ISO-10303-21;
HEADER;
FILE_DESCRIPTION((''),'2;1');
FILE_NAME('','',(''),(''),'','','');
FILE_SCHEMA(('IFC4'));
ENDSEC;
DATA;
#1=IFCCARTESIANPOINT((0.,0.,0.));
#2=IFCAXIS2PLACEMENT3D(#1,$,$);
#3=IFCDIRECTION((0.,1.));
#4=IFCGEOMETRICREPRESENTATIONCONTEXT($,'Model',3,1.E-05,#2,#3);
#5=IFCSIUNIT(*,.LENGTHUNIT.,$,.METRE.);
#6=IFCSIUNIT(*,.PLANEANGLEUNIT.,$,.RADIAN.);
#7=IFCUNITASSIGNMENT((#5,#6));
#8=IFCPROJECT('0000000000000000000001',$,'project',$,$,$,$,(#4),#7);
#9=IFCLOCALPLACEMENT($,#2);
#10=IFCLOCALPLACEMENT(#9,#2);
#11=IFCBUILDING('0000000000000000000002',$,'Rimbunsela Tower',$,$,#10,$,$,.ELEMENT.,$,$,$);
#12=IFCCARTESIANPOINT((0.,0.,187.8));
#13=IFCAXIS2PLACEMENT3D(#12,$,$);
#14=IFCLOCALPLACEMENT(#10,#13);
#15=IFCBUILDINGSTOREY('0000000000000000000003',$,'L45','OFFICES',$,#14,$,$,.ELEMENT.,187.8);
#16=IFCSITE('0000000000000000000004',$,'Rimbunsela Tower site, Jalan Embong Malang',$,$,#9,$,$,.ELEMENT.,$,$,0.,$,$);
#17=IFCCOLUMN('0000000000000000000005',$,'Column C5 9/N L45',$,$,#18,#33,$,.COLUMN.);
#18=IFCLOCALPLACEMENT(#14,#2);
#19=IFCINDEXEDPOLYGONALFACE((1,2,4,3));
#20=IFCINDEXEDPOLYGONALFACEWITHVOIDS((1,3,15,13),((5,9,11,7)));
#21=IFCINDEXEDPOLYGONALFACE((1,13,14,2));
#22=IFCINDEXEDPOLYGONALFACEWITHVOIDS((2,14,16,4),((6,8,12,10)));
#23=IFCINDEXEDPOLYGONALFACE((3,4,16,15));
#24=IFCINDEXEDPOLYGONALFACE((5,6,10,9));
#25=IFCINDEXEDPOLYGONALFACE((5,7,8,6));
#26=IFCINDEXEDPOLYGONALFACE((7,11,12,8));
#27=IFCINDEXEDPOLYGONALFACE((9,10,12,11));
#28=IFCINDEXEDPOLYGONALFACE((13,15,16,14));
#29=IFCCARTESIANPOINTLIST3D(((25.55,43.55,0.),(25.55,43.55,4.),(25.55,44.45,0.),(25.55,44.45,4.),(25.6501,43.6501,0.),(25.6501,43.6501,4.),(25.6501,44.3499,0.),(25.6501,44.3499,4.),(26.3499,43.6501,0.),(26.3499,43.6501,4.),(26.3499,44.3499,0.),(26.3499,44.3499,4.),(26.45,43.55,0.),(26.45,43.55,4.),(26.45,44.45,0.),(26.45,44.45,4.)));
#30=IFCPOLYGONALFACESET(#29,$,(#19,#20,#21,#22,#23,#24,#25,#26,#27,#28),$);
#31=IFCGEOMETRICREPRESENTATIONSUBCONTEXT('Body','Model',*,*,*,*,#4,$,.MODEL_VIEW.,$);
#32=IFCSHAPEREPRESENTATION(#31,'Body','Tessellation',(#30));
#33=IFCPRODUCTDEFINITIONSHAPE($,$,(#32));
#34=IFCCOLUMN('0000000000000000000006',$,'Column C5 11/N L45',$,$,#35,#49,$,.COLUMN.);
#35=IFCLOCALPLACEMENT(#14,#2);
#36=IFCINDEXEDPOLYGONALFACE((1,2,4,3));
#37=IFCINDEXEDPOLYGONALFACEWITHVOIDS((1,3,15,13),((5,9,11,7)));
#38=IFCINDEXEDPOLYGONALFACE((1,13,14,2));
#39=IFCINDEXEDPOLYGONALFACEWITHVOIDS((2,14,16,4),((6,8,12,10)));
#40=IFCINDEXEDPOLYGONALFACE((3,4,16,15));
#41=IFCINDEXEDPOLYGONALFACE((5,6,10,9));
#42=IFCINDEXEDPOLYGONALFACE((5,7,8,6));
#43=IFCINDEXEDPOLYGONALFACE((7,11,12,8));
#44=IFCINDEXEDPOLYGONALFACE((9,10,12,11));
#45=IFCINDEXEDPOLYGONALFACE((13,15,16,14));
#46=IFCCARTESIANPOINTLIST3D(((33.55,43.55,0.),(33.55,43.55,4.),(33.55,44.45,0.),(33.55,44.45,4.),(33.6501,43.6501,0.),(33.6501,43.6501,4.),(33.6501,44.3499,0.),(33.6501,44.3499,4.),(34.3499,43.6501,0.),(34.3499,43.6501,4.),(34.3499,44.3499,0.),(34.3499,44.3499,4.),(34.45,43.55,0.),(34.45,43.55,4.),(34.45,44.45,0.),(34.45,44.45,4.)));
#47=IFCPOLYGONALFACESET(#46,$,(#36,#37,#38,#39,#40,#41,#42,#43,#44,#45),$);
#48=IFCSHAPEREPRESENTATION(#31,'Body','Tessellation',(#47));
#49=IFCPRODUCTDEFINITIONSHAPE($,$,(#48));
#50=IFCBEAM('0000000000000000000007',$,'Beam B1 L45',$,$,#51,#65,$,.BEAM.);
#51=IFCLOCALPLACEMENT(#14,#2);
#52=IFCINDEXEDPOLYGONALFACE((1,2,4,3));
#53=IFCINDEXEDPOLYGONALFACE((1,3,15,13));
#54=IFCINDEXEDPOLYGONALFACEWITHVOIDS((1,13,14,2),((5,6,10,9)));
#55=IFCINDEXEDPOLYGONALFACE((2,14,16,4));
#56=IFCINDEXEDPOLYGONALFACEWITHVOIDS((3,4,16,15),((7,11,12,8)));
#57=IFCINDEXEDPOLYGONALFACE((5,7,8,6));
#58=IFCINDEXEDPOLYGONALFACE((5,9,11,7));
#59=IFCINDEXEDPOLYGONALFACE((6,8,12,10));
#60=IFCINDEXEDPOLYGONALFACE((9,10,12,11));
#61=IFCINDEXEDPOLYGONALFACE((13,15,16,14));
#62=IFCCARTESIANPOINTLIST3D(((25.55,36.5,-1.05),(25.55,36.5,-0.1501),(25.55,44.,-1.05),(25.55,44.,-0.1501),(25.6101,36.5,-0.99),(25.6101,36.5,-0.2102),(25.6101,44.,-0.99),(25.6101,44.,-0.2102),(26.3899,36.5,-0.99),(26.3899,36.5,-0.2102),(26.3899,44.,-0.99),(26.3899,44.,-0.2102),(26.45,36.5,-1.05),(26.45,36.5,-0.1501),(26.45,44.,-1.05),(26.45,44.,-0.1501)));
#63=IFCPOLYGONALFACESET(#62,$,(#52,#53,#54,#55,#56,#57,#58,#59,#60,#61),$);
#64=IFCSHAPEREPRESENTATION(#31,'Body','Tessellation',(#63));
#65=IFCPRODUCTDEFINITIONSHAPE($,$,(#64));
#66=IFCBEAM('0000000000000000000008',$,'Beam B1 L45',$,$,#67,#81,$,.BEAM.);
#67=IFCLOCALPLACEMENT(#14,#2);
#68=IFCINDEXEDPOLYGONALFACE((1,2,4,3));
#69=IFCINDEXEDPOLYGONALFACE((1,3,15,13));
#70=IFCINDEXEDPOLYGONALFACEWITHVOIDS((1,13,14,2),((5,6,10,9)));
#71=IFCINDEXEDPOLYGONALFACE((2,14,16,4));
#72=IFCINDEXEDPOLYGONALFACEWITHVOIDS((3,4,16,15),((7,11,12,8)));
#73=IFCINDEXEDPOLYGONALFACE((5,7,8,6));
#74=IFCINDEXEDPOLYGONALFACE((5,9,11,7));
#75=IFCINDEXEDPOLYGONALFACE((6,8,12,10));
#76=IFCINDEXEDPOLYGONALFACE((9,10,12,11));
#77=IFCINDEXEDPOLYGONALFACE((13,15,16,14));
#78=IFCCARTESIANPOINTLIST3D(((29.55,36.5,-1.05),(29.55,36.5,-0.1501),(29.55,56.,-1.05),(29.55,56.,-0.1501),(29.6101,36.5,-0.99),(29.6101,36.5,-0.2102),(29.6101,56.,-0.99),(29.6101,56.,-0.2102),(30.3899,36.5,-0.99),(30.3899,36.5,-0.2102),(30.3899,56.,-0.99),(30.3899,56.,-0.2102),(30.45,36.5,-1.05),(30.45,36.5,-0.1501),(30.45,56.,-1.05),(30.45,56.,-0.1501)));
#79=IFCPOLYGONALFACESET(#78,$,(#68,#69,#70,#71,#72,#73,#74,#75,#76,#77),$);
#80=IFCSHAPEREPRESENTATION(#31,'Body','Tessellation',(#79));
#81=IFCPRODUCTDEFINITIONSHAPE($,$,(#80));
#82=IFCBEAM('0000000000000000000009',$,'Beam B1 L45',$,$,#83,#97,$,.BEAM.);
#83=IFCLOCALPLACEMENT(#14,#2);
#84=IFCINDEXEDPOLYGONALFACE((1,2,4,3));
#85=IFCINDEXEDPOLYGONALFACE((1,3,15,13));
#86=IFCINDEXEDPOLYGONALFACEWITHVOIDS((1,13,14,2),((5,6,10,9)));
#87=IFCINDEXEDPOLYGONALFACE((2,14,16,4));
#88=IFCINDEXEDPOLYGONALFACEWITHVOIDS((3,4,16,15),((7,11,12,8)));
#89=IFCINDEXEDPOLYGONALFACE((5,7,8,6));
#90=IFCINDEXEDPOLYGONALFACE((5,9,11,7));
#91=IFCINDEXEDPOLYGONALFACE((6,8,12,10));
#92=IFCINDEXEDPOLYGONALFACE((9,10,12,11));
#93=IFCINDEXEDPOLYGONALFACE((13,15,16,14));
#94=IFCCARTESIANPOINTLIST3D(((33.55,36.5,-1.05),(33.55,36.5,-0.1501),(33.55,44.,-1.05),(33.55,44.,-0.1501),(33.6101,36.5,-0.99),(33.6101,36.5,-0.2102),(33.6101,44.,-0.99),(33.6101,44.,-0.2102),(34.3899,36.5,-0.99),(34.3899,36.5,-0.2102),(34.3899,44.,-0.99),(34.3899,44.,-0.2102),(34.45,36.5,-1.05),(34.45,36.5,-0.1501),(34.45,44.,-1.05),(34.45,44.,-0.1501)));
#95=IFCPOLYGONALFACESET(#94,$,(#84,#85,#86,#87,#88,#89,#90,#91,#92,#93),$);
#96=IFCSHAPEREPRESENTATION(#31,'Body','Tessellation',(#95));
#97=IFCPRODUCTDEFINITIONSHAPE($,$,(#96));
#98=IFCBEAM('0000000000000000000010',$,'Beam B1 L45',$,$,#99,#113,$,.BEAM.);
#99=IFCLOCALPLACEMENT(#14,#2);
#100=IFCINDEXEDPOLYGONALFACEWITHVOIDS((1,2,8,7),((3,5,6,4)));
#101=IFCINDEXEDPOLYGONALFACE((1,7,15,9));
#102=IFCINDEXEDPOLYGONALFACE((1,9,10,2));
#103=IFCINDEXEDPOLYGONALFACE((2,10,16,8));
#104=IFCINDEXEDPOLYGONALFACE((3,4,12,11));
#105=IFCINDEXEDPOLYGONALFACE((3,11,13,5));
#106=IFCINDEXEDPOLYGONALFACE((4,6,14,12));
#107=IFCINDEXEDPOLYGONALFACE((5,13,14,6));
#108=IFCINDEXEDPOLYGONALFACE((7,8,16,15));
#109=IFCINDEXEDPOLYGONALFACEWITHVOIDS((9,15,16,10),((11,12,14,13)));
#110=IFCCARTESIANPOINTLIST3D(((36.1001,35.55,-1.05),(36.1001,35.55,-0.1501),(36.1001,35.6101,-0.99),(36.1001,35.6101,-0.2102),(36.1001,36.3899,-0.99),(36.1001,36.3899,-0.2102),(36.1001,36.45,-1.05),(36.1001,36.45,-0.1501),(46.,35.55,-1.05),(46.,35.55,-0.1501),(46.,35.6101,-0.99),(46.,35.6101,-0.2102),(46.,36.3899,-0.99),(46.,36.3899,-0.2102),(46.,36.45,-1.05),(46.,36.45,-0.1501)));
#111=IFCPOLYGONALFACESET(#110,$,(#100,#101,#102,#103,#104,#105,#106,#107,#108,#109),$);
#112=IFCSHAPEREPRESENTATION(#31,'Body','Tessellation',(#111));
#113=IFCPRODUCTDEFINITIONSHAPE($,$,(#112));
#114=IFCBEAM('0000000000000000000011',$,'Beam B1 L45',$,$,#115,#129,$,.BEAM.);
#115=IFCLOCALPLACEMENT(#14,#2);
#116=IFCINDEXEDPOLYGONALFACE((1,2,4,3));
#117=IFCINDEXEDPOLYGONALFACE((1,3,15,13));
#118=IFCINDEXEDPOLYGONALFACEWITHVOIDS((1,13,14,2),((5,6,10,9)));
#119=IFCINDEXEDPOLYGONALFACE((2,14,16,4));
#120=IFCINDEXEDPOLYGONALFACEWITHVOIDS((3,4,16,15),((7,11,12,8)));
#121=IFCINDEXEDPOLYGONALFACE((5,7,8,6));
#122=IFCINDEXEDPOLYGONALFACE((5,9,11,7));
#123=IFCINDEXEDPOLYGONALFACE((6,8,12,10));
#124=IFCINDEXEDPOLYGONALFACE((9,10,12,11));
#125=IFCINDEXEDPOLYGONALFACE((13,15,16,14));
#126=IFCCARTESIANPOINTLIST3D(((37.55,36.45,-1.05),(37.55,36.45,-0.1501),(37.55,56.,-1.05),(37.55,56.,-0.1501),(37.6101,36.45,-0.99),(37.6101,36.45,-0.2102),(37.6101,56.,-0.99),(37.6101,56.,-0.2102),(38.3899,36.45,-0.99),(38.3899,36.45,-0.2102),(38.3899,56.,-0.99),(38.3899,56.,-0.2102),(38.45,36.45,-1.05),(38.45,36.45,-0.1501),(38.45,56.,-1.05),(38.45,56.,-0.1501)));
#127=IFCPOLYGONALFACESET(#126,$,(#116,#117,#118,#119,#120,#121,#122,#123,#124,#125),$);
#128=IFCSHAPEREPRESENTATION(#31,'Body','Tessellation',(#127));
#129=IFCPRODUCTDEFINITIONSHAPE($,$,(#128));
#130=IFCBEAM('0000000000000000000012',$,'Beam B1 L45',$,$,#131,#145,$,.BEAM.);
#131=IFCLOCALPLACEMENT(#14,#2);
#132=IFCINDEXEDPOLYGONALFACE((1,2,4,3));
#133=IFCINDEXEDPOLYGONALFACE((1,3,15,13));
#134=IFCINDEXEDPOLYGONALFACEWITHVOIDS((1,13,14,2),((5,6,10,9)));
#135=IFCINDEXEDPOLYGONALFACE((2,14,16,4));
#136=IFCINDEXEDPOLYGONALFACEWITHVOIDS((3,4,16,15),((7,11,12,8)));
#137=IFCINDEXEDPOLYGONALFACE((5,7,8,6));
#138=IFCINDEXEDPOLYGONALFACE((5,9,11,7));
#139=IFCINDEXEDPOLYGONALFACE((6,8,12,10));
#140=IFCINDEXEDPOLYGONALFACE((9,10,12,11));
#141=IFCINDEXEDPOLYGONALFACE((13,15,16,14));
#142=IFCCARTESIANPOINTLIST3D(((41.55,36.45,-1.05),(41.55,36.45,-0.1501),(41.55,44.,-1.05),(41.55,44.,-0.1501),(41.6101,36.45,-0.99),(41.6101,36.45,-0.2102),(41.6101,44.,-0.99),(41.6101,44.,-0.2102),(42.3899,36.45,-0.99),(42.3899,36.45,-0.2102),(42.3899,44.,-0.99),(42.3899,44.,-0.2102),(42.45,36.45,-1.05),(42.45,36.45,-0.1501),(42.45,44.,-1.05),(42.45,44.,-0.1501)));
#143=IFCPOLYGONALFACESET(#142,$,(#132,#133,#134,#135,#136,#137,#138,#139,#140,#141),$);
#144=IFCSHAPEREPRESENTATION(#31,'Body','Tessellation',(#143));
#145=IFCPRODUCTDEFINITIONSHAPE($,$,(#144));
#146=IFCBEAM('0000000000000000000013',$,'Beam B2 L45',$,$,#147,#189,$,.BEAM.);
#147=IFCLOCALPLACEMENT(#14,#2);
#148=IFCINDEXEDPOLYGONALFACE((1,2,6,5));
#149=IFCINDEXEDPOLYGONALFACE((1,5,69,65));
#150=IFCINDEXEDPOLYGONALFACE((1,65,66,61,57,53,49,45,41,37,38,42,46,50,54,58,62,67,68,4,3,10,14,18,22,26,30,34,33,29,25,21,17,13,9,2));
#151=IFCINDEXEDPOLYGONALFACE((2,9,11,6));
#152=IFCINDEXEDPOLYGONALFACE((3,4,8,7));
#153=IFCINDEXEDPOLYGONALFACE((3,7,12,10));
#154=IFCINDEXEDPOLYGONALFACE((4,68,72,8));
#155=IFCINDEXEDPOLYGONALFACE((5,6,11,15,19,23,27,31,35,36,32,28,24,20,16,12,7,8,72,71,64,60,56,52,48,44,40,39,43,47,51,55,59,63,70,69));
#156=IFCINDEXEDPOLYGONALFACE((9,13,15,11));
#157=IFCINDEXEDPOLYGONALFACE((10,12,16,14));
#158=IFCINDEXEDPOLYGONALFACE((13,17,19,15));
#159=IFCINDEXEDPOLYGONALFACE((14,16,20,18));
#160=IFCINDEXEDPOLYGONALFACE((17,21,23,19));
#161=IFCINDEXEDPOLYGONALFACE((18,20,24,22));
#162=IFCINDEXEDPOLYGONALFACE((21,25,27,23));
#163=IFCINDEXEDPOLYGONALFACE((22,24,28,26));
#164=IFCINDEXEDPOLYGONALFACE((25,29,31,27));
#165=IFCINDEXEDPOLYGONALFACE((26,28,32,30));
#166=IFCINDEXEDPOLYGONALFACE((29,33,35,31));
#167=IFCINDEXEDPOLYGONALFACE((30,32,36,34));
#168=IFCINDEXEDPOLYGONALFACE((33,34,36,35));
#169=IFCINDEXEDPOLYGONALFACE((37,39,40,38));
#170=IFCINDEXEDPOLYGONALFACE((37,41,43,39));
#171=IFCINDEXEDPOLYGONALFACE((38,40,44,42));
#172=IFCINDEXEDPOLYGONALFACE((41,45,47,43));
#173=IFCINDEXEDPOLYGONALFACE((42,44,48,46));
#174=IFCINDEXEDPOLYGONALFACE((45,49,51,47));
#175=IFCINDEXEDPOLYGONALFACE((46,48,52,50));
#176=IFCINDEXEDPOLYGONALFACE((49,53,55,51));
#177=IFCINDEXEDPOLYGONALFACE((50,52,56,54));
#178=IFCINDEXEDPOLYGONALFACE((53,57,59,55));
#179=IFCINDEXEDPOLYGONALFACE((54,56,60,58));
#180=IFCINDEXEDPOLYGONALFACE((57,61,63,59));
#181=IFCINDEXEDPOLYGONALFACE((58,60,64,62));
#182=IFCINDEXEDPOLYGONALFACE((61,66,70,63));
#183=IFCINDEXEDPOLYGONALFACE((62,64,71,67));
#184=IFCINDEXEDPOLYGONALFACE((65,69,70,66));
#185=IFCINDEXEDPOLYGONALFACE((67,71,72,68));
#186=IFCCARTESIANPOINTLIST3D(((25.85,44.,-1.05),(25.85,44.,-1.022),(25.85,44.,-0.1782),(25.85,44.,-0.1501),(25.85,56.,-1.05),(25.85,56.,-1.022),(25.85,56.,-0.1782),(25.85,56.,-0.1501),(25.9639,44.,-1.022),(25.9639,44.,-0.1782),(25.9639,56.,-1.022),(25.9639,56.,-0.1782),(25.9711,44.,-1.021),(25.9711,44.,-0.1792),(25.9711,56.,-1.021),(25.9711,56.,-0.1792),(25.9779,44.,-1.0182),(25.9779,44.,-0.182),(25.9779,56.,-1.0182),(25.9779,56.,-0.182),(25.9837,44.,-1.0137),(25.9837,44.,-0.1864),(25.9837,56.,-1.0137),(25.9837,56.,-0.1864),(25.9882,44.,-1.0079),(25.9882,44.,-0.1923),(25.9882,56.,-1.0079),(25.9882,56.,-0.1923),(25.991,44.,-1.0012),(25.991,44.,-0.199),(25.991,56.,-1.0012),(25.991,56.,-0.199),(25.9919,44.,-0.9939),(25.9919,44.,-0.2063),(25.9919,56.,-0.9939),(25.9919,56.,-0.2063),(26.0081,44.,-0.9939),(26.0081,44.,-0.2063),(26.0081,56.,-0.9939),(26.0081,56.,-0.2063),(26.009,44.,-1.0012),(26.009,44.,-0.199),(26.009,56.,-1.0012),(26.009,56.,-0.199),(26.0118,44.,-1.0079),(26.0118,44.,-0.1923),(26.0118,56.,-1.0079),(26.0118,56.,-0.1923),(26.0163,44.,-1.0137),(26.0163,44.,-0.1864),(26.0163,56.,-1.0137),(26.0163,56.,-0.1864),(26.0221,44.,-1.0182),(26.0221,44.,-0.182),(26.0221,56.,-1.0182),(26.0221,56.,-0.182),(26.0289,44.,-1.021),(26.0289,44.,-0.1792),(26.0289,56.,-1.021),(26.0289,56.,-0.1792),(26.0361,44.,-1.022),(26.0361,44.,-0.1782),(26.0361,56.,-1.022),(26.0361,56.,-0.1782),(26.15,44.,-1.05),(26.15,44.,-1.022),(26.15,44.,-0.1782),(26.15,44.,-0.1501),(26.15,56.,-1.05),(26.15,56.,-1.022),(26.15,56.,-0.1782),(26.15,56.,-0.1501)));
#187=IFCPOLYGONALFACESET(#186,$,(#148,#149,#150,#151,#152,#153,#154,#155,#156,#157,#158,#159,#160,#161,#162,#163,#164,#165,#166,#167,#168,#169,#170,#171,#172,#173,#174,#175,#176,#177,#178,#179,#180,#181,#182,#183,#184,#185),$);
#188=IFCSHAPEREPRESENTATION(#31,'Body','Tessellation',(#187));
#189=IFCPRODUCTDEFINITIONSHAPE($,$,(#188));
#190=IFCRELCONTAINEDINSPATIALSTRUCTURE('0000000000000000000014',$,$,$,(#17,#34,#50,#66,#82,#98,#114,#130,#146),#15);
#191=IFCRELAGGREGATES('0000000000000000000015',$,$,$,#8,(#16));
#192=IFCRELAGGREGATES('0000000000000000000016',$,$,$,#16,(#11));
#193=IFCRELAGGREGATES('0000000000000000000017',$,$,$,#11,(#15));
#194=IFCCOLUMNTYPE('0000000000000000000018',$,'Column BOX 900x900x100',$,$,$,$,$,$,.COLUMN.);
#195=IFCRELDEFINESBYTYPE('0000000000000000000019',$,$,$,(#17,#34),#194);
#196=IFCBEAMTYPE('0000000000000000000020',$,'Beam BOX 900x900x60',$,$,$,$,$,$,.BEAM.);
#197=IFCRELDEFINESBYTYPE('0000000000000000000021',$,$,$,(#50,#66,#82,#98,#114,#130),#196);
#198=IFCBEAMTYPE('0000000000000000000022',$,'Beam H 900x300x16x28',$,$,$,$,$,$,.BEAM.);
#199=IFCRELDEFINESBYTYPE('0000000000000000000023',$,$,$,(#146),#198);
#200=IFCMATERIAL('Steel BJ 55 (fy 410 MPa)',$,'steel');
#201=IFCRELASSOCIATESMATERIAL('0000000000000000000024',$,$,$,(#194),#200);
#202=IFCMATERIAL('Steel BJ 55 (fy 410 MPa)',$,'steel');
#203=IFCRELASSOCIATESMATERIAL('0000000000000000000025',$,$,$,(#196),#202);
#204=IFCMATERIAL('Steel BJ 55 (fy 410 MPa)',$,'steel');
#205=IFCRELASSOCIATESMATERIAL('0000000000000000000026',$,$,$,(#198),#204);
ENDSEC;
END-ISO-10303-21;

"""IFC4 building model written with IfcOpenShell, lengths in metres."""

from ifc_helpers import new_model, si_unit, direction, frame, origin, origin_2d, place, context, subcontext, project, spatial, hollow_rectangle, i_section, extrude, material, material_profile, profile_set, type_object, element, save


model = new_model("IFC4")

# Units and contexts
model_context = context("Model", 3, precision=1e-05, world=origin(), true_north=direction((0.0, 1.0)))
body_context = subcontext(model_context, "Body", "Model", "MODEL_VIEW")
ifc_project = project(units=[si_unit("LENGTHUNIT", "METRE"), si_unit("PLANEANGLEUNIT", "RADIAN")], contexts=[model_context])

# Site, building, storey
site_placement = place(None, origin())
site = spatial("IfcSite", under=ifc_project, at=site_placement, Name="Rimbunsela Tower site, Jalan Embong Malang", CompositionType="ELEMENT", RefElevation=0.0)
building_placement = place(site_placement, origin())
building = spatial("IfcBuilding", under=site, at=building_placement, Name="Rimbunsela Tower", CompositionType="ELEMENT")
storey_placement = place(building_placement, frame((0.0, 0.0, 187.8)))
storey = spatial("IfcBuildingStorey", under=building, at=storey_placement, Name="L45", Description="OFFICES", CompositionType="ELEMENT", Elevation=187.8)

# Columns
ifc_material_1 = material(Name="Steel BJ 55 (fy 410 MPa)", Category="steel")
ifc_material_profile_1 = material_profile(ifc_material_1, hollow_rectangle(XDim=0.8999, YDim=0.8999, WallThickness=0.1001, at=origin_2d()), Name="BOX 900x900x100")
ifc_profile_set_1 = profile_set([ifc_material_profile_1], Name="Steel BJ 55 (fy 410 MPa)")
column_type = type_object("IfcColumnType", Name="Column BOX 900x900x100", PredefinedType="COLUMN", material=ifc_profile_set_1)
for number, where, z_axis, x_axis, name in (
    (1, (26.0, 44.0, 0.0), (0.0, 0.0, 1.0), (1.0, 0.0, 0.0), "Column C5 9/N L45"),
    (2, (34.0, 44.0, 0.0), (0.0, 0.0, 1.0), (1.0, 0.0, 0.0), "Column C5 11/N L45"),
):
    element("IfcColumn", number, at=place(storey_placement, frame(where, z_axis=z_axis, x_axis=x_axis)), inside=storey, type_object=column_type, Name=name, PredefinedType="COLUMN", context=body_context, shape_type="SweptSolid", body=[
        extrude(hollow_rectangle(XDim=0.8999, YDim=0.8999, WallThickness=0.1001, at=origin_2d()), origin(), (0.0, 0.0, 1.0), 4.0),
    ])

# Beams
ifc_material_2 = material(Name="Steel BJ 55 (fy 410 MPa)", Category="steel")
ifc_material_profile_2 = material_profile(ifc_material_2, hollow_rectangle(XDim=0.8999, YDim=0.8999, WallThickness=0.0601, at=origin_2d()), Name="BOX 900x900x60")
ifc_profile_set_2 = profile_set([ifc_material_profile_2], Name="Steel BJ 55 (fy 410 MPa)")
beam_type_1 = type_object("IfcBeamType", Name="Beam BOX 900x900x60", PredefinedType="BEAM", material=ifc_profile_set_2)
beam_1_placement = place(storey_placement, frame((26.0, 36.5, -0.6001), z_axis=(0.0, 1.0, 0.0), x_axis=(-1.0, 0.0, 0.0)))
element("IfcBeam", 3, at=beam_1_placement, inside=storey, type_object=beam_type_1, Name="Beam B1 L45", PredefinedType="BEAM", context=body_context, shape_type="SweptSolid", body=[
    extrude(hollow_rectangle(XDim=0.8999, YDim=0.8999, WallThickness=0.0601, at=origin_2d()), origin(), (0.0, 0.0, 1.0), 7.5),
])
beam_2_placement = place(storey_placement, frame((30.0, 36.5, -0.6001), z_axis=(0.0, 1.0, 0.0), x_axis=(-1.0, 0.0, 0.0)))
element("IfcBeam", 4, at=beam_2_placement, inside=storey, type_object=beam_type_1, Name="Beam B1 L45", PredefinedType="BEAM", context=body_context, shape_type="SweptSolid", body=[
    extrude(hollow_rectangle(XDim=0.8999, YDim=0.8999, WallThickness=0.0601, at=origin_2d()), origin(), (0.0, 0.0, 1.0), 19.5),
])
beam_3_placement = place(storey_placement, frame((34.0, 36.5, -0.6001), z_axis=(0.0, 1.0, 0.0), x_axis=(-1.0, 0.0, 0.0)))
element("IfcBeam", 5, at=beam_3_placement, inside=storey, type_object=beam_type_1, Name="Beam B1 L45", PredefinedType="BEAM", context=body_context, shape_type="SweptSolid", body=[
    extrude(hollow_rectangle(XDim=0.8999, YDim=0.8999, WallThickness=0.0601, at=origin_2d()), origin(), (0.0, 0.0, 1.0), 7.5),
])
beam_4_placement = place(storey_placement, frame((36.1001, 36.0, -0.6001), z_axis=(1.0, 0.0, 0.0), x_axis=(0.0, 1.0, 0.0)))
element("IfcBeam", 6, at=beam_4_placement, inside=storey, type_object=beam_type_1, Name="Beam B1 L45", PredefinedType="BEAM", context=body_context, shape_type="SweptSolid", body=[
    extrude(hollow_rectangle(XDim=0.8999, YDim=0.8999, WallThickness=0.0601, at=origin_2d()), origin(), (0.0, 0.0, 1.0), 9.8999),
])
beam_5_placement = place(storey_placement, frame((38.0, 36.45, -0.6001), z_axis=(0.0, 1.0, 0.0), x_axis=(-1.0, 0.0, 0.0)))
element("IfcBeam", 7, at=beam_5_placement, inside=storey, type_object=beam_type_1, Name="Beam B1 L45", PredefinedType="BEAM", context=body_context, shape_type="SweptSolid", body=[
    extrude(hollow_rectangle(XDim=0.8999, YDim=0.8999, WallThickness=0.0601, at=origin_2d()), origin(), (0.0, 0.0, 1.0), 19.55),
])
beam_6_placement = place(storey_placement, frame((42.0, 36.45, -0.6001), z_axis=(0.0, 1.0, 0.0), x_axis=(-1.0, 0.0, 0.0)))
element("IfcBeam", 8, at=beam_6_placement, inside=storey, type_object=beam_type_1, Name="Beam B1 L45", PredefinedType="BEAM", context=body_context, shape_type="SweptSolid", body=[
    extrude(hollow_rectangle(XDim=0.8999, YDim=0.8999, WallThickness=0.0601, at=origin_2d()), origin(), (0.0, 0.0, 1.0), 7.55),
])
ifc_material_3 = material(Name="Steel BJ 55 (fy 410 MPa)", Category="steel")
ifc_material_profile_3 = material_profile(ifc_material_3, i_section(OverallWidth=0.3, OverallDepth=0.8999, WebThickness=0.0161, FlangeThickness=0.0281, FilletRadius=0.0281, at=origin_2d()), Name="H 900x300x16x28")
ifc_profile_set_3 = profile_set([ifc_material_profile_3], Name="Steel BJ 55 (fy 410 MPa)")
beam_type_2 = type_object("IfcBeamType", Name="Beam H 900x300x16x28", PredefinedType="BEAM", material=ifc_profile_set_3)
for number, where, z_axis, x_axis, name in (
    (9, (26.0, 44.0, -0.6001), (0.0, 1.0, 0.0), (-1.0, 0.0, 0.0), "Beam B2 L45"),
):
    element("IfcBeam", number, at=place(storey_placement, frame(where, z_axis=z_axis, x_axis=x_axis)), inside=storey, type_object=beam_type_2, Name=name, PredefinedType="BEAM", context=body_context, shape_type="SweptSolid", body=[
        extrude(i_section(OverallWidth=0.3, OverallDepth=0.8999, WebThickness=0.0161, FlangeThickness=0.0281, FilletRadius=0.0281, at=origin_2d()), origin(), (0.0, 0.0, 1.0), 12.0),
    ])

save(model, "model.ifc")
